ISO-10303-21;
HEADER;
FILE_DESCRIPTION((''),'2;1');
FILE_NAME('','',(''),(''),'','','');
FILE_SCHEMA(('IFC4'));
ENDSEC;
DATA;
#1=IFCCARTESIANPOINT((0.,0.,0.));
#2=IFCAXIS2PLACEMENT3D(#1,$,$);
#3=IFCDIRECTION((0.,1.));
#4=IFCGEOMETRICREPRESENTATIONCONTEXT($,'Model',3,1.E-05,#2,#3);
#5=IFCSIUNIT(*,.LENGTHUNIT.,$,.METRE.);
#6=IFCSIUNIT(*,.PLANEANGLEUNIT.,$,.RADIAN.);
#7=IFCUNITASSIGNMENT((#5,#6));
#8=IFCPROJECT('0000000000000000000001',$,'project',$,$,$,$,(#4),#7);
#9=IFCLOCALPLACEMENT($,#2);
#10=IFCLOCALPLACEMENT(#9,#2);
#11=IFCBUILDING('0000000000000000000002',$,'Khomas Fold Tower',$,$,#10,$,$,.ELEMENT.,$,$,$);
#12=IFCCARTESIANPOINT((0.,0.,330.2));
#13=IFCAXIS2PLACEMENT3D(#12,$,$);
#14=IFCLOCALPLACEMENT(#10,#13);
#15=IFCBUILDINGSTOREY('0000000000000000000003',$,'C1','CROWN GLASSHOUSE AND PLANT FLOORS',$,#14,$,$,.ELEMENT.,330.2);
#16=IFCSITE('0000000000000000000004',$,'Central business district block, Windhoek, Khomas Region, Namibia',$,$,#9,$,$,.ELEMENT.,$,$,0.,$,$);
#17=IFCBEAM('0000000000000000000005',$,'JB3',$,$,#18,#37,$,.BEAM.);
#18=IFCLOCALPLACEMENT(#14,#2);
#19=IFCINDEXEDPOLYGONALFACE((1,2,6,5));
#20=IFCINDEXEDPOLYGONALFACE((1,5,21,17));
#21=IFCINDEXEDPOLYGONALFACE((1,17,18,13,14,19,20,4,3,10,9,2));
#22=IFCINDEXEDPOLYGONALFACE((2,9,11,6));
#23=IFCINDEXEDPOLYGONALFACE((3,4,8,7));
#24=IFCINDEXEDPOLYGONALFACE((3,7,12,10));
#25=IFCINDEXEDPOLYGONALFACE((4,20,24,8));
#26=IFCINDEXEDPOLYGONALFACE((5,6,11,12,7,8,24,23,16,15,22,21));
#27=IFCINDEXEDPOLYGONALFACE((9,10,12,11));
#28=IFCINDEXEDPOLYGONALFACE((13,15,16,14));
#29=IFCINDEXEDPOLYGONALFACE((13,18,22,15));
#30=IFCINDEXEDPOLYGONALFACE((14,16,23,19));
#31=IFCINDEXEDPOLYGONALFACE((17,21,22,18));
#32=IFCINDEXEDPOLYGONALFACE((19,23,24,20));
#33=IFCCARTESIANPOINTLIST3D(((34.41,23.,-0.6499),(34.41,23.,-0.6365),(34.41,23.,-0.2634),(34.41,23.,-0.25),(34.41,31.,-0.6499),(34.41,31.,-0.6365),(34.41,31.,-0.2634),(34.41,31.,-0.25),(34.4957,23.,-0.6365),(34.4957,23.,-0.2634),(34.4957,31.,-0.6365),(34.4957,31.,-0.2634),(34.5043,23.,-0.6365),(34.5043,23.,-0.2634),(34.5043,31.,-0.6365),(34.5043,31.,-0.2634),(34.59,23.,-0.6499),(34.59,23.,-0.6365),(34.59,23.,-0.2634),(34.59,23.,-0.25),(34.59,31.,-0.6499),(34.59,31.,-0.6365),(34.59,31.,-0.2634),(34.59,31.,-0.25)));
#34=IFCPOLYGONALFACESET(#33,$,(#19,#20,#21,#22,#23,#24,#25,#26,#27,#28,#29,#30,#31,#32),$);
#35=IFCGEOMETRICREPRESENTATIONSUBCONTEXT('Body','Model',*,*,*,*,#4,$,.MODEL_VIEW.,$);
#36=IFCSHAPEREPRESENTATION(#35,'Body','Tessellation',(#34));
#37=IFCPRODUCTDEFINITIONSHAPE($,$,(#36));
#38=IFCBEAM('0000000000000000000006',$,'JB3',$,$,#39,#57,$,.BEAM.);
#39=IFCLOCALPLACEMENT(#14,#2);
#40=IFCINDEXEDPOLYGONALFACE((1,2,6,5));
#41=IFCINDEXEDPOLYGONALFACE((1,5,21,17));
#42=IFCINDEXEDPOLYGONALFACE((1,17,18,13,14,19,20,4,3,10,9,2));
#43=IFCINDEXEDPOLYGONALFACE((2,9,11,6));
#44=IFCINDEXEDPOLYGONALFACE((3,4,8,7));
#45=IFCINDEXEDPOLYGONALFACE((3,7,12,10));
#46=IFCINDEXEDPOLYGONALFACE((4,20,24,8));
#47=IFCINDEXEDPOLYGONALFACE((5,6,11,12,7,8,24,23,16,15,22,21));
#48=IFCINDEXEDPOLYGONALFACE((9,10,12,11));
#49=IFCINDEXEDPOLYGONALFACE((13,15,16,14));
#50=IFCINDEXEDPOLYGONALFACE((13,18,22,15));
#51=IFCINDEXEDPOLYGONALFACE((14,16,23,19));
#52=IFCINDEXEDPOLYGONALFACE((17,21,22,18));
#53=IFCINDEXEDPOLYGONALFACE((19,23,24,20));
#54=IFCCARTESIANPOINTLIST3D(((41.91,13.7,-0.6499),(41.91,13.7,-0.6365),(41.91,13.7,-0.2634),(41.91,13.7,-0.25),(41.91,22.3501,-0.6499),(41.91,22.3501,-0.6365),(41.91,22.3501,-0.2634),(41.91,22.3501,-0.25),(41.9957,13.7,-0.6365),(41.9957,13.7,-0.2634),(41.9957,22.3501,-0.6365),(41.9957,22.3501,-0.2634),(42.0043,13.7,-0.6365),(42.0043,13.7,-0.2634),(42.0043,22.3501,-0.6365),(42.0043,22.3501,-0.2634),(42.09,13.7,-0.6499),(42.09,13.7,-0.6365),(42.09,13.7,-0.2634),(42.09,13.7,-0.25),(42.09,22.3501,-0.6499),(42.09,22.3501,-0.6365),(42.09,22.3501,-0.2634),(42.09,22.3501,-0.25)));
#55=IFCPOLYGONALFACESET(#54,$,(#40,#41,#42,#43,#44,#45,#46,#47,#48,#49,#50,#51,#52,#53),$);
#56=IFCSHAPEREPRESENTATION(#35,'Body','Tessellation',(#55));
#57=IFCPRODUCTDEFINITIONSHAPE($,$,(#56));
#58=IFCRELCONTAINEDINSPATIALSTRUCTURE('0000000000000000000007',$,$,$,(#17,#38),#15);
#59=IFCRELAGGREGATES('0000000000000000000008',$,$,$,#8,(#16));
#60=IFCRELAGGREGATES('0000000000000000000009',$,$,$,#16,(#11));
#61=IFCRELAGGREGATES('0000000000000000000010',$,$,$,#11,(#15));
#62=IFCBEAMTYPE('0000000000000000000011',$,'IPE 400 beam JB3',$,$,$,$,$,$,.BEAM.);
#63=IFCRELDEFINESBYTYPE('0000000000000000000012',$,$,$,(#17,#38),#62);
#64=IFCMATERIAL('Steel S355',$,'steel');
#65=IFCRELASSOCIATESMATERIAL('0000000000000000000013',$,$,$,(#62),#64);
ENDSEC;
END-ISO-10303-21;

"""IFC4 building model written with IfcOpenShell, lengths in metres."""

from ifc_helpers import new_model, si_unit, direction, frame, origin, origin_2d, place, context, subcontext, project, spatial, i_section, extrude, source, transform, mapped, material, material_profile, profile_set, type_object, element, save


model = new_model("IFC4")

# Units and contexts
model_context = context("Model", 3, precision=1e-05, world=origin(), true_north=direction((0.0, 1.0)))
body_context = subcontext(model_context, "Body", "Model", "MODEL_VIEW")
ifc_project = project(units=[si_unit("LENGTHUNIT", "METRE"), si_unit("PLANEANGLEUNIT", "RADIAN")], contexts=[model_context])

# Site, building, storey
site_placement = place(None, origin())
site = spatial("IfcSite", under=ifc_project, at=site_placement, Name="Central business district block, Windhoek, Khomas Region, Namibia", CompositionType="ELEMENT", RefElevation=0.0)
building_placement = place(site_placement, origin())
building = spatial("IfcBuilding", under=site, at=building_placement, Name="Khomas Fold Tower", CompositionType="ELEMENT")
storey_placement = place(building_placement, frame((0.0, 0.0, 330.2)))
storey = spatial("IfcBuildingStorey", under=building, at=storey_placement, Name="C1", Description="CROWN GLASSHOUSE AND PLANT FLOORS", CompositionType="ELEMENT", Elevation=330.2)

# Beams
ifc_material_1 = material(Name="Steel S355", Category="steel")
ifc_material_profile_1 = material_profile(ifc_material_1, i_section(OverallWidth=0.1799, OverallDepth=0.3999, WebThickness=0.0085, FlangeThickness=0.0134, at=origin_2d()), Name="IPE 400")
ifc_profile_set_1 = profile_set([ifc_material_profile_1], Name="Steel S355")
beam_type_1 = type_object("IfcBeamType", Name="IPE 400 beam JB3", PredefinedType="BEAM", material=ifc_profile_set_1)
shared_shape_1 = source(origin(), body_context, "Body", "SweptSolid", [
    extrude(i_section(OverallWidth=0.1799, OverallDepth=0.3999, WebThickness=0.0085, FlangeThickness=0.0134, at=origin_2d()), origin(), (0.0, 0.0, 1.0), 8.0),
])
for number, where, z_axis, x_axis, name in (
    (1, (34.5, 23.0, -0.45), (0.0, 1.0, 0.0), (-1.0, 0.0, 0.0), "JB3"),
):
    element("IfcBeam", number, at=place(storey_placement, frame(where, z_axis=z_axis, x_axis=x_axis)), inside=storey, type_object=beam_type_1, Name=name, PredefinedType="BEAM", context=body_context, shape_type="MappedRepresentation", body=[
        mapped(shared_shape_1, transform((0.0, 0.0, 0.0))),
    ])
shared_shape_2 = source(origin(), body_context, "Body", "SweptSolid", [
    extrude(i_section(OverallWidth=0.1799, OverallDepth=0.3999, WebThickness=0.0085, FlangeThickness=0.0134, at=origin_2d()), origin(), (0.0, 0.0, 1.0), 8.6501),
])
beam_1_placement = place(storey_placement, frame((42.0, 13.7, -0.45), z_axis=(0.0, 1.0, 0.0), x_axis=(-1.0, 0.0, 0.0)))
element("IfcBeam", 2, at=beam_1_placement, inside=storey, type_object=beam_type_1, Name="JB3", PredefinedType="BEAM", context=body_context, shape_type="MappedRepresentation", body=[
    mapped(shared_shape_2, transform((0.0, 0.0, 0.0))),
])

save(model, "model.ifc")
